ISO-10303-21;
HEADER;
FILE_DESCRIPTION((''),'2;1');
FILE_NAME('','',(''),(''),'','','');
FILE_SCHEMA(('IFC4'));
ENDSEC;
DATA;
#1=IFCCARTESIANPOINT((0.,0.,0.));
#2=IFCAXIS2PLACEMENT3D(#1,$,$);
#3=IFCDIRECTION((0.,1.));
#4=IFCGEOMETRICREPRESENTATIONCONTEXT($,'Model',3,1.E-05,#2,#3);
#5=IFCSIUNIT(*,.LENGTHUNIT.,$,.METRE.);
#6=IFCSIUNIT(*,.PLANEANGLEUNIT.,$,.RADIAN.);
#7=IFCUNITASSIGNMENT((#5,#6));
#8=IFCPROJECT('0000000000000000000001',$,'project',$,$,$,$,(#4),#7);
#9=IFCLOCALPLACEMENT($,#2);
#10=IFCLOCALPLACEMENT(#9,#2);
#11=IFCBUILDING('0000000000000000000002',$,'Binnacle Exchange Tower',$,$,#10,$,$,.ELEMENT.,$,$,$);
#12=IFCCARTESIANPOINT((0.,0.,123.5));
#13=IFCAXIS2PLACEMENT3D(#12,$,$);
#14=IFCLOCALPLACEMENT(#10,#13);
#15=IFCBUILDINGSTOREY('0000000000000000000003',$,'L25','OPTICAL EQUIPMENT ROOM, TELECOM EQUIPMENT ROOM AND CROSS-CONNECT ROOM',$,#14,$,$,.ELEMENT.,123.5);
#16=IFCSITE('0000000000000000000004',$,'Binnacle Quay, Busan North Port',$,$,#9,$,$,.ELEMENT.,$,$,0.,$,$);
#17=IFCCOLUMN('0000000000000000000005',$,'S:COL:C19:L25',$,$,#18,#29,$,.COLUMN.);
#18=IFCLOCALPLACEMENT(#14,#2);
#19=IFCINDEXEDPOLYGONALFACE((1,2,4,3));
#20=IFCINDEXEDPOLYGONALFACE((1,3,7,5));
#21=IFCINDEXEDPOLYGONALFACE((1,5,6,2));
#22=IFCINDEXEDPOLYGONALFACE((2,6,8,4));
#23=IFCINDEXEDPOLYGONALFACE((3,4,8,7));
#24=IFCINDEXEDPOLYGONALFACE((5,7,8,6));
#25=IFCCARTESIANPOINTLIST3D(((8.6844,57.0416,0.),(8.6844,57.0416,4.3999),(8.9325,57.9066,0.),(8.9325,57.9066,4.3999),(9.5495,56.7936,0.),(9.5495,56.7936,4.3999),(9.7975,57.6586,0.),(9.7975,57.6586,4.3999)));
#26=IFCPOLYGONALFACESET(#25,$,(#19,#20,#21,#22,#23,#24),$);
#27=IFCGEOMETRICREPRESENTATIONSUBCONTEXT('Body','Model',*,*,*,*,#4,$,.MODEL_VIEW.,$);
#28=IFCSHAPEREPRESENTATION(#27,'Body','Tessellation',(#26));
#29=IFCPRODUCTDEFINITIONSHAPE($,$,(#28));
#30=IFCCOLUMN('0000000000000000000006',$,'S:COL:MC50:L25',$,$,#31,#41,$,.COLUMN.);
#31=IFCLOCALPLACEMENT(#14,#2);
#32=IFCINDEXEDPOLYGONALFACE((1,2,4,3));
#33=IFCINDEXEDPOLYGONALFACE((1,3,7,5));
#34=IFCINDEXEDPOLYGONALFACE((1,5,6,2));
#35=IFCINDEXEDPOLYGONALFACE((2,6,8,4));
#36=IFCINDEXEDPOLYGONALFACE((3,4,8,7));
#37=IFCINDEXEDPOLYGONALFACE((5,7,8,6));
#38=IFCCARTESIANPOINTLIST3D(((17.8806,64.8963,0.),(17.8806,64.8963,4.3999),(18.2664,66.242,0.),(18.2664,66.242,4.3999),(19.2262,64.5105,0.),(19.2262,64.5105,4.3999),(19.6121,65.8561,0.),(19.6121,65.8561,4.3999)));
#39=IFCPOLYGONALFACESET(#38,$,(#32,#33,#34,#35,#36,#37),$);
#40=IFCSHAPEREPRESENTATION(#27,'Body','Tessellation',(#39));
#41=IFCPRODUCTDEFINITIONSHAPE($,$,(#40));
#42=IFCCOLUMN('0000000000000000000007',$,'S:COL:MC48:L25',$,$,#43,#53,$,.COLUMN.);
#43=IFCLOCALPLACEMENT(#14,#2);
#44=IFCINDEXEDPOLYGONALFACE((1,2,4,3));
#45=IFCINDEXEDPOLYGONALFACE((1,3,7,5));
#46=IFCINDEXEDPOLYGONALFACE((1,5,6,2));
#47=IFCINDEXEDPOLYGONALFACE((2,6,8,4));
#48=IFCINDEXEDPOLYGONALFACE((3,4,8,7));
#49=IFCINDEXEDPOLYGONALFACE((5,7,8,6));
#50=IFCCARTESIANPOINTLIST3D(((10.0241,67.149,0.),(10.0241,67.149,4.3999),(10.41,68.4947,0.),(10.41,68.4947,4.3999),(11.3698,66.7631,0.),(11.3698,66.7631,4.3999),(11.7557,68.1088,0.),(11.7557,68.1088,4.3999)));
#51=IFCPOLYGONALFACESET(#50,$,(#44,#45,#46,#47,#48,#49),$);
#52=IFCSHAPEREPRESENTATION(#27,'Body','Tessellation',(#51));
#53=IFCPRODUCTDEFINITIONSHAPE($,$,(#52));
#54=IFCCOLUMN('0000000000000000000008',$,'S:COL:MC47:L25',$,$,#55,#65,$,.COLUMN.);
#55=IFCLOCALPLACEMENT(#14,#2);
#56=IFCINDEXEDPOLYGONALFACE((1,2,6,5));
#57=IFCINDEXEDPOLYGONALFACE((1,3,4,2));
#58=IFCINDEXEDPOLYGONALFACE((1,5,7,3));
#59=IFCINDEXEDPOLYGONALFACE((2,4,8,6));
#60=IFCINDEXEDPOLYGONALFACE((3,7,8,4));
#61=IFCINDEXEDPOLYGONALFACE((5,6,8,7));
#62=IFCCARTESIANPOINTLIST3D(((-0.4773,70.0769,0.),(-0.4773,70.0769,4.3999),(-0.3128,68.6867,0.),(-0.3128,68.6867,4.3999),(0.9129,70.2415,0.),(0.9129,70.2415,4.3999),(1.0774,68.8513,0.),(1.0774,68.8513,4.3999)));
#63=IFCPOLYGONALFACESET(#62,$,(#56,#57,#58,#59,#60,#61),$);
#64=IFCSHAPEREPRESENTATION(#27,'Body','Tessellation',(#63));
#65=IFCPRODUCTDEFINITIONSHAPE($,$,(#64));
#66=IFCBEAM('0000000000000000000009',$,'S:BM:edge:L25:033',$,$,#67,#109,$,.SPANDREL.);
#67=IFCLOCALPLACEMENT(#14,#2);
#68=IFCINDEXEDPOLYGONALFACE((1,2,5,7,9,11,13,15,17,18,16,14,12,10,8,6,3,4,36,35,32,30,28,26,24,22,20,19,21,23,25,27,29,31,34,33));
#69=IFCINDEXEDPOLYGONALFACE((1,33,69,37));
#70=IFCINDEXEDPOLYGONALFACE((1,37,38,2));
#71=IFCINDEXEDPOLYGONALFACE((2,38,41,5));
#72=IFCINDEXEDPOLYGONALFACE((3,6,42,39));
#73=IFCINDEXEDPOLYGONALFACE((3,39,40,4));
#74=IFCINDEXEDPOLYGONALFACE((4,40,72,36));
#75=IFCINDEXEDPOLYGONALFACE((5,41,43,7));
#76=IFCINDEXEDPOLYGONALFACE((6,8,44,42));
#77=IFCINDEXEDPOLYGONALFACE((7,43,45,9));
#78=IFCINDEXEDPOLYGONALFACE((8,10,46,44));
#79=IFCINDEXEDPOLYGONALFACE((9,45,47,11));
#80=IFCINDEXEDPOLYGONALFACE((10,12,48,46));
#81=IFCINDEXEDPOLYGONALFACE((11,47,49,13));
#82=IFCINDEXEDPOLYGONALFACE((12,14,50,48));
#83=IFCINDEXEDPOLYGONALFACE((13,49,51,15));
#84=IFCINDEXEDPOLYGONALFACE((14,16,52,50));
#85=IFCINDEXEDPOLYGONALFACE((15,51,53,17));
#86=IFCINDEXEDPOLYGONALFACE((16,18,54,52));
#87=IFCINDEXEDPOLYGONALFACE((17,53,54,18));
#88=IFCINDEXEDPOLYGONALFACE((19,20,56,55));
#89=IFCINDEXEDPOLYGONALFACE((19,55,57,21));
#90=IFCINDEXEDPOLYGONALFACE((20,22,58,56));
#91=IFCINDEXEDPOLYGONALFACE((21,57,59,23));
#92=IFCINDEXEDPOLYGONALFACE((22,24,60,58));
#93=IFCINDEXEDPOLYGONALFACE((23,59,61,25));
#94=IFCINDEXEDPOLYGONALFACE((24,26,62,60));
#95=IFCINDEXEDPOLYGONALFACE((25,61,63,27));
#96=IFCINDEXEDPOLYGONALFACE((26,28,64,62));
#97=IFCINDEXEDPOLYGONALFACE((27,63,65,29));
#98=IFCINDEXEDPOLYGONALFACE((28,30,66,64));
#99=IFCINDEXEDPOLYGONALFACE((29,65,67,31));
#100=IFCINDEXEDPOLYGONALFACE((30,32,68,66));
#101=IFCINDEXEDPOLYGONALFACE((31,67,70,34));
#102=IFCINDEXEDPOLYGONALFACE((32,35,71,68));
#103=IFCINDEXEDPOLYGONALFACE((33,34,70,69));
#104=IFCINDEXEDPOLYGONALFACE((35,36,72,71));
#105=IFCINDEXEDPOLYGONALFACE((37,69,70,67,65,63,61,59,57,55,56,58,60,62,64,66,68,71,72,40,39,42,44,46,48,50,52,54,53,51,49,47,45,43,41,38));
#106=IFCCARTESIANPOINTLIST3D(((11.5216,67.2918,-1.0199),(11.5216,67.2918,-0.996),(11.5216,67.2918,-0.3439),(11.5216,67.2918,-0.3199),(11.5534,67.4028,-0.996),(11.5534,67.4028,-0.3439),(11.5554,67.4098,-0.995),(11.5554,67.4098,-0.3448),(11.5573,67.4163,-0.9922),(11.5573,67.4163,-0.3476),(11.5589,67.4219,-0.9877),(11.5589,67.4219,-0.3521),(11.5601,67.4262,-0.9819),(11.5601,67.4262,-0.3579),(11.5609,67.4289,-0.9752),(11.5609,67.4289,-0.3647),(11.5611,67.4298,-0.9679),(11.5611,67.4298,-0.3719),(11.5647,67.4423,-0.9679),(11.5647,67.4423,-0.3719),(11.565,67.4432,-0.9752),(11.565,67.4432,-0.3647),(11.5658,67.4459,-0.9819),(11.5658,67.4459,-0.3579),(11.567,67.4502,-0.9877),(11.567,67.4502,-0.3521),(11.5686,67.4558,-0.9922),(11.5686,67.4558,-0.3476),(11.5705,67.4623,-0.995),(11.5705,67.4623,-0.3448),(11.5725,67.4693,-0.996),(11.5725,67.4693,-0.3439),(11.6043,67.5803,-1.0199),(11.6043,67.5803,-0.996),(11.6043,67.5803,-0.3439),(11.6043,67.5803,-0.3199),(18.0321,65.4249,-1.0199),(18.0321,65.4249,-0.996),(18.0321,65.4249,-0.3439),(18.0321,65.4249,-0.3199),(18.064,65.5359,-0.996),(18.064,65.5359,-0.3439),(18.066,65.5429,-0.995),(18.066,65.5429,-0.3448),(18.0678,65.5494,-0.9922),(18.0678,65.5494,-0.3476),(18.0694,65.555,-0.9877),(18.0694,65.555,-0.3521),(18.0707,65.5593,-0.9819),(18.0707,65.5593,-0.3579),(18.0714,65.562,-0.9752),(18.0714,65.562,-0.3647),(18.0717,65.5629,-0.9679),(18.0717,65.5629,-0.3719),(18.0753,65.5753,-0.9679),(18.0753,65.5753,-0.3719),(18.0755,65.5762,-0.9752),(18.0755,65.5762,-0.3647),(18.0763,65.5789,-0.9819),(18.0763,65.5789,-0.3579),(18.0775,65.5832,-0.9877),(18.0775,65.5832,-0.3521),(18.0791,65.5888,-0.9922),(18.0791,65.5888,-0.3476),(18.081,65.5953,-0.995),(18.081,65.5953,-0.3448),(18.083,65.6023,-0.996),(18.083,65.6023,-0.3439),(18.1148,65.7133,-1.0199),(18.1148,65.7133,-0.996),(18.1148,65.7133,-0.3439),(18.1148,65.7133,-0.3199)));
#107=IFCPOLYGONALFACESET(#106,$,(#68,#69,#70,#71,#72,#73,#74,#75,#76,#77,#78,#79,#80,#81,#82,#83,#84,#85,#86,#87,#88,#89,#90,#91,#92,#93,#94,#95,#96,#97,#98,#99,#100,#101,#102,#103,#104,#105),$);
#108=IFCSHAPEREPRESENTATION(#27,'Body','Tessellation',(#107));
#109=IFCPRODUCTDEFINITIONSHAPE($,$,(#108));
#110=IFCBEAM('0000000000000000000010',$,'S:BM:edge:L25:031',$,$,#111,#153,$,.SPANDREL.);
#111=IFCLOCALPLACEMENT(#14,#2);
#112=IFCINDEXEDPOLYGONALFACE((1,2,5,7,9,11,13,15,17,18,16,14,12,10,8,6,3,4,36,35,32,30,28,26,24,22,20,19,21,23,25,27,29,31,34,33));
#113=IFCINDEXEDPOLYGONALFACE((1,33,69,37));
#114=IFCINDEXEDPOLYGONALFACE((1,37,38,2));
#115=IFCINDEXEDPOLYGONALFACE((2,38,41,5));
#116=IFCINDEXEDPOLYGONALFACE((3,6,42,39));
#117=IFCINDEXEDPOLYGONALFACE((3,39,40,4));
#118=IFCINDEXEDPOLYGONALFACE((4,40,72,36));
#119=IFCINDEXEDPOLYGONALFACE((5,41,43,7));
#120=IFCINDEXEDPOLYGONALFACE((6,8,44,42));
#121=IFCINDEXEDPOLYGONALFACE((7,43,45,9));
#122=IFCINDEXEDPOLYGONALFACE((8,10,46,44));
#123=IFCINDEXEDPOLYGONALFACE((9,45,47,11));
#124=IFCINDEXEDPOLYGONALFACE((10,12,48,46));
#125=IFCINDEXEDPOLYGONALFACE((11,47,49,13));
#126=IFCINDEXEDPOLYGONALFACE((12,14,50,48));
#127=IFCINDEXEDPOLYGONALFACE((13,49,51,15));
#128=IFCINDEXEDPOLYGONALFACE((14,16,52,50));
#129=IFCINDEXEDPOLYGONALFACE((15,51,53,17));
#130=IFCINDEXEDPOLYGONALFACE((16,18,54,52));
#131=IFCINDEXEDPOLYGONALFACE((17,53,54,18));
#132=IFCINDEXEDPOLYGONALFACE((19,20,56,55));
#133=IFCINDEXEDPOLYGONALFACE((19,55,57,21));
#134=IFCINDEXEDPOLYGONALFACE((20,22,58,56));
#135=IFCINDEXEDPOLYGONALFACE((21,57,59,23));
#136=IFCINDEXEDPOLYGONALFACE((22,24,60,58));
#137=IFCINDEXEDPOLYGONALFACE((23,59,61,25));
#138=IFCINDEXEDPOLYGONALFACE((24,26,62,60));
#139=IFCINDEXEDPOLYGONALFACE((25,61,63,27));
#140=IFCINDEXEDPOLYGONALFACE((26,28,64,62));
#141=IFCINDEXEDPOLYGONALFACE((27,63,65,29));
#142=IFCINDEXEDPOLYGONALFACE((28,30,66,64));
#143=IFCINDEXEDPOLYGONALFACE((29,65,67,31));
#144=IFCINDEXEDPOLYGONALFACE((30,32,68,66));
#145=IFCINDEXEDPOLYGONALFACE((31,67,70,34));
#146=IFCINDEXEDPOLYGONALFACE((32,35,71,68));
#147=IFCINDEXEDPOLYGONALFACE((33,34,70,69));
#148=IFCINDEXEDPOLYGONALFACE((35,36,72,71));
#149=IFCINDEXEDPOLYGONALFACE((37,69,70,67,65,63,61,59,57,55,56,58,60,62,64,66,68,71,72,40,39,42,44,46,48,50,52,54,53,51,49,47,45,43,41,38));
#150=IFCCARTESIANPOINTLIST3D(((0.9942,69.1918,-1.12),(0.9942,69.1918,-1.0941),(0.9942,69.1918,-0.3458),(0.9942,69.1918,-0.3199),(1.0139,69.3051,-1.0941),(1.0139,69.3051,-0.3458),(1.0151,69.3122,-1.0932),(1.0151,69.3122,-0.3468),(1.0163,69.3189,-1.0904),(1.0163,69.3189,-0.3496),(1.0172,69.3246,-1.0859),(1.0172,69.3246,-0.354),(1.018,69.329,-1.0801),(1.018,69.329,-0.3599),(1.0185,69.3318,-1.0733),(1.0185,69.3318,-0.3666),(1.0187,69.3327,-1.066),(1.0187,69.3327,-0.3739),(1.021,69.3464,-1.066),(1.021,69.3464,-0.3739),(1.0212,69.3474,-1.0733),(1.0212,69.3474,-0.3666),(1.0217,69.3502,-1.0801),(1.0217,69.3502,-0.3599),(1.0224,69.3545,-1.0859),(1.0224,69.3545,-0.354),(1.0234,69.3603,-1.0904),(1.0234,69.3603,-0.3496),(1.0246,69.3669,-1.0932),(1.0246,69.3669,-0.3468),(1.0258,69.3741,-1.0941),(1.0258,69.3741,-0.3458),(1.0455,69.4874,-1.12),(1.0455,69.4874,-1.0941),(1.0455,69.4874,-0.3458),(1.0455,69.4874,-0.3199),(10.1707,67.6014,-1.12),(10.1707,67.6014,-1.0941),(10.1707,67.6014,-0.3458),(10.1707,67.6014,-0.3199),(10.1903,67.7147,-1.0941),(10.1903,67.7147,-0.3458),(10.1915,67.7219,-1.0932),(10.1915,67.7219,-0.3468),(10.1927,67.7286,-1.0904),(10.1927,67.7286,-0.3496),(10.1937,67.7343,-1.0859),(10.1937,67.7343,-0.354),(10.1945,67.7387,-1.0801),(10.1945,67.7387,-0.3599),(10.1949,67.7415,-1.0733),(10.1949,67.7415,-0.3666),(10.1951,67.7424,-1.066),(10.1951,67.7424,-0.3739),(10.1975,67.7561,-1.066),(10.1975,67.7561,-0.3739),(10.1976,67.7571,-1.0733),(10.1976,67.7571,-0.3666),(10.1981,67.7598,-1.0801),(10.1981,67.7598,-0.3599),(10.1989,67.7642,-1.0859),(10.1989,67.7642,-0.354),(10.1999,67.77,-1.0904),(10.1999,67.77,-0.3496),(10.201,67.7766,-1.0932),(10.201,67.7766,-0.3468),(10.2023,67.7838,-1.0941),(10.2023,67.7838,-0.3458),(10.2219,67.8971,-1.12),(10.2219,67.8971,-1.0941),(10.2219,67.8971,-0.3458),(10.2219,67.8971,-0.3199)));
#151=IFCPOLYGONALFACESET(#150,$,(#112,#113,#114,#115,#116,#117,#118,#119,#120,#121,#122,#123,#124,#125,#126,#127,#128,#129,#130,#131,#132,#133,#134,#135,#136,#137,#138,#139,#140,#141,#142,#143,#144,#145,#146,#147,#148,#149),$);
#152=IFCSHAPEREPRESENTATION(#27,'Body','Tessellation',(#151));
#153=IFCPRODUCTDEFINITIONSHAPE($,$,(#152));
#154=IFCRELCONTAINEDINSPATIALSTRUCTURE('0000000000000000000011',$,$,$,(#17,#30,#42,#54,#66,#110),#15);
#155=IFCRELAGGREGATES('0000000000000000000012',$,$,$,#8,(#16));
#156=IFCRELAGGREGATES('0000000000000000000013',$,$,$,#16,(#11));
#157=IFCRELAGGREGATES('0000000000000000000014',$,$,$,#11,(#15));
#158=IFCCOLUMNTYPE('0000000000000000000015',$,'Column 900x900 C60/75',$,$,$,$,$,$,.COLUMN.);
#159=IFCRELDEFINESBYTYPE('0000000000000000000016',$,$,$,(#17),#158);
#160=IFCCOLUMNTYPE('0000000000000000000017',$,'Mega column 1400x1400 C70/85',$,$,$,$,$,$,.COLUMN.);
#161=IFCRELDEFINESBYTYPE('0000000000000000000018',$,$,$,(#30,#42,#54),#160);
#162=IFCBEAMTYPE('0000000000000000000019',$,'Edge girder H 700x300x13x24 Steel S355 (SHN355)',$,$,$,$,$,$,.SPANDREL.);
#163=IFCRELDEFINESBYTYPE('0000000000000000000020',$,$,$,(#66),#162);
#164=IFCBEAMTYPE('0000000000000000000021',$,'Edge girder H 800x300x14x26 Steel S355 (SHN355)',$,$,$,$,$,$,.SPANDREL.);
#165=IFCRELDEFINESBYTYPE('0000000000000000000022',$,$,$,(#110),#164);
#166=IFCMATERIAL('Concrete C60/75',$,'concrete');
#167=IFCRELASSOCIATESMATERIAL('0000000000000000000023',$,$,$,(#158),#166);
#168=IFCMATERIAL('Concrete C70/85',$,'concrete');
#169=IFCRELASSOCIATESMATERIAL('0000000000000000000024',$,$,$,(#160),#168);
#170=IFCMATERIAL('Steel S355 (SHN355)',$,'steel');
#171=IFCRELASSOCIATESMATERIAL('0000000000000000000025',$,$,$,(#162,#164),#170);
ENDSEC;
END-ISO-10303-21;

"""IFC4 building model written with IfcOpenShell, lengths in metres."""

from ifc_helpers import new_model, si_unit, direction, frame, origin, origin_2d, place, context, subcontext, project, spatial, rectangle, i_section, extrude, material, material_profile, profile_set, type_object, element, save


model = new_model("IFC4")

# Units and contexts
model_context = context("Model", 3, precision=1e-05, world=origin(), true_north=direction((0.0, 1.0)))
body_context = subcontext(model_context, "Body", "Model", "MODEL_VIEW")
ifc_project = project(units=[si_unit("LENGTHUNIT", "METRE"), si_unit("PLANEANGLEUNIT", "RADIAN")], contexts=[model_context])

# Site, building, storey
site_placement = place(None, origin())
site = spatial("IfcSite", under=ifc_project, at=site_placement, Name="Binnacle Quay, Busan North Port", CompositionType="ELEMENT", RefElevation=0.0)
building_placement = place(site_placement, origin())
building = spatial("IfcBuilding", under=site, at=building_placement, Name="Binnacle Exchange Tower", CompositionType="ELEMENT")
storey_placement = place(building_placement, frame((0.0, 0.0, 123.5)))
storey = spatial("IfcBuildingStorey", under=building, at=storey_placement, Name="L25", Description="OPTICAL EQUIPMENT ROOM, TELECOM EQUIPMENT ROOM AND CROSS-CONNECT ROOM", CompositionType="ELEMENT", Elevation=123.5)

# Columns
ifc_material_1 = material(Name="Concrete C60/75", Category="concrete")
ifc_material_profile_1 = material_profile(ifc_material_1, rectangle(XDim=0.8999, YDim=0.8999, at=origin_2d()), Name="Column 900x900 C60/75")
ifc_profile_set_1 = profile_set([ifc_material_profile_1], Name="Concrete C60/75")
column_type_1 = type_object("IfcColumnType", Name="Column 900x900 C60/75", PredefinedType="COLUMN", material=ifc_profile_set_1)
column_placement = place(storey_placement, frame((9.241, 57.3501, 0.0), z_axis=(0.0, 0.0, 1.0), x_axis=(0.961262, -0.275637, 0.0)))
element("IfcColumn", 1, at=column_placement, inside=storey, type_object=column_type_1, Name="S:COL:C19:L25", PredefinedType="COLUMN", context=body_context, shape_type="SweptSolid", body=[
    extrude(rectangle(XDim=0.8999, YDim=0.8999, at=origin_2d()), origin(), (0.0, 0.0, 1.0), 4.3999),
])
ifc_material_2 = material(Name="Concrete C70/85", Category="concrete")
ifc_material_profile_2 = material_profile(ifc_material_2, rectangle(XDim=1.3999, YDim=1.3999, at=origin_2d()), Name="Mega column 1400x1400 C70/85")
ifc_profile_set_2 = profile_set([ifc_material_profile_2], Name="Concrete C70/85")
column_type_2 = type_object("IfcColumnType", Name="Mega column 1400x1400 C70/85", PredefinedType="COLUMN", material=ifc_profile_set_2)
for number, where, z_axis, x_axis, name in (
    (2, (18.7463, 65.3762, 0.0), (0.0, 0.0, 1.0), (-0.961262, 0.275637, 0.0), "S:COL:MC50:L25"),
    (3, (10.8899, 67.6289, 0.0), (0.0, 0.0, 1.0), (-0.961262, 0.275637, 0.0), "S:COL:MC48:L25"),
    (4, (0.3, 69.4641, 0.0), (0.0, 0.0, 1.0), (-0.993068, -0.117537, 0.0), "S:COL:MC47:L25"),
):
    element("IfcColumn", number, at=place(storey_placement, frame(where, z_axis=z_axis, x_axis=x_axis)), inside=storey, type_object=column_type_2, Name=name, PredefinedType="COLUMN", context=body_context, shape_type="SweptSolid", body=[
        extrude(rectangle(XDim=1.3999, YDim=1.3999, at=origin_2d()), origin(), (0.0, 0.0, 1.0), 4.3999),
    ])

# Beams
ifc_material_3 = material(Name="Steel S355 (SHN355)", Category="steel")
ifc_material_profile_3 = material_profile(ifc_material_3, i_section(OverallWidth=0.3, OverallDepth=0.7, WebThickness=0.0129, FlangeThickness=0.0239, FilletRadius=0.0281, at=origin_2d()), Name="H 700x300x13x24")
ifc_profile_set_3 = profile_set([ifc_material_profile_3], Name="Steel S355 (SHN355)")
beam_type_1 = type_object("IfcBeamType", Name="Edge girder H 700x300x13x24 Steel S355 (SHN355)", PredefinedType="SPANDREL", material=ifc_profile_set_3)
beam_1_placement = place(storey_placement, frame((18.0735, 65.5691, -0.6699), z_axis=(-0.961258, 0.275649, 0.0), x_axis=(-0.275649, -0.961258, 0.0)))
element("IfcBeam", 5, at=beam_1_placement, inside=storey, type_object=beam_type_1, Name="S:BM:edge:L25:033", PredefinedType="SPANDREL", context=body_context, shape_type="SweptSolid", body=[
    extrude(i_section(OverallWidth=0.3, OverallDepth=0.7, WebThickness=0.0129, FlangeThickness=0.0239, FilletRadius=0.0281, at=origin_2d()), origin(), (0.0, 0.0, 1.0), 6.7729),
])
ifc_material_profile_4 = material_profile(ifc_material_3, i_section(OverallWidth=0.3, OverallDepth=0.8, WebThickness=0.0139, FlangeThickness=0.0259, FilletRadius=0.0281, at=origin_2d()), Name="H 800x300x14x26")
ifc_profile_set_4 = profile_set([ifc_material_profile_4], Name="Steel S355 (SHN355)")
beam_type_2 = type_object("IfcBeamType", Name="Edge girder H 800x300x14x26 Steel S355 (SHN355)", PredefinedType="SPANDREL", material=ifc_profile_set_4)
beam_2_placement = place(storey_placement, frame((10.1963, 67.7493, -0.72), z_axis=(-0.985313, 0.170759, 0.0), x_axis=(-0.170759, -0.985313, 0.0)))
element("IfcBeam", 6, at=beam_2_placement, inside=storey, type_object=beam_type_2, Name="S:BM:edge:L25:031", PredefinedType="SPANDREL", context=body_context, shape_type="SweptSolid", body=[
    extrude(i_section(OverallWidth=0.3, OverallDepth=0.8, WebThickness=0.0139, FlangeThickness=0.0259, FilletRadius=0.0281, at=origin_2d()), origin(), (0.0, 0.0, 1.0), 9.3132),
])

save(model, "model.ifc")
